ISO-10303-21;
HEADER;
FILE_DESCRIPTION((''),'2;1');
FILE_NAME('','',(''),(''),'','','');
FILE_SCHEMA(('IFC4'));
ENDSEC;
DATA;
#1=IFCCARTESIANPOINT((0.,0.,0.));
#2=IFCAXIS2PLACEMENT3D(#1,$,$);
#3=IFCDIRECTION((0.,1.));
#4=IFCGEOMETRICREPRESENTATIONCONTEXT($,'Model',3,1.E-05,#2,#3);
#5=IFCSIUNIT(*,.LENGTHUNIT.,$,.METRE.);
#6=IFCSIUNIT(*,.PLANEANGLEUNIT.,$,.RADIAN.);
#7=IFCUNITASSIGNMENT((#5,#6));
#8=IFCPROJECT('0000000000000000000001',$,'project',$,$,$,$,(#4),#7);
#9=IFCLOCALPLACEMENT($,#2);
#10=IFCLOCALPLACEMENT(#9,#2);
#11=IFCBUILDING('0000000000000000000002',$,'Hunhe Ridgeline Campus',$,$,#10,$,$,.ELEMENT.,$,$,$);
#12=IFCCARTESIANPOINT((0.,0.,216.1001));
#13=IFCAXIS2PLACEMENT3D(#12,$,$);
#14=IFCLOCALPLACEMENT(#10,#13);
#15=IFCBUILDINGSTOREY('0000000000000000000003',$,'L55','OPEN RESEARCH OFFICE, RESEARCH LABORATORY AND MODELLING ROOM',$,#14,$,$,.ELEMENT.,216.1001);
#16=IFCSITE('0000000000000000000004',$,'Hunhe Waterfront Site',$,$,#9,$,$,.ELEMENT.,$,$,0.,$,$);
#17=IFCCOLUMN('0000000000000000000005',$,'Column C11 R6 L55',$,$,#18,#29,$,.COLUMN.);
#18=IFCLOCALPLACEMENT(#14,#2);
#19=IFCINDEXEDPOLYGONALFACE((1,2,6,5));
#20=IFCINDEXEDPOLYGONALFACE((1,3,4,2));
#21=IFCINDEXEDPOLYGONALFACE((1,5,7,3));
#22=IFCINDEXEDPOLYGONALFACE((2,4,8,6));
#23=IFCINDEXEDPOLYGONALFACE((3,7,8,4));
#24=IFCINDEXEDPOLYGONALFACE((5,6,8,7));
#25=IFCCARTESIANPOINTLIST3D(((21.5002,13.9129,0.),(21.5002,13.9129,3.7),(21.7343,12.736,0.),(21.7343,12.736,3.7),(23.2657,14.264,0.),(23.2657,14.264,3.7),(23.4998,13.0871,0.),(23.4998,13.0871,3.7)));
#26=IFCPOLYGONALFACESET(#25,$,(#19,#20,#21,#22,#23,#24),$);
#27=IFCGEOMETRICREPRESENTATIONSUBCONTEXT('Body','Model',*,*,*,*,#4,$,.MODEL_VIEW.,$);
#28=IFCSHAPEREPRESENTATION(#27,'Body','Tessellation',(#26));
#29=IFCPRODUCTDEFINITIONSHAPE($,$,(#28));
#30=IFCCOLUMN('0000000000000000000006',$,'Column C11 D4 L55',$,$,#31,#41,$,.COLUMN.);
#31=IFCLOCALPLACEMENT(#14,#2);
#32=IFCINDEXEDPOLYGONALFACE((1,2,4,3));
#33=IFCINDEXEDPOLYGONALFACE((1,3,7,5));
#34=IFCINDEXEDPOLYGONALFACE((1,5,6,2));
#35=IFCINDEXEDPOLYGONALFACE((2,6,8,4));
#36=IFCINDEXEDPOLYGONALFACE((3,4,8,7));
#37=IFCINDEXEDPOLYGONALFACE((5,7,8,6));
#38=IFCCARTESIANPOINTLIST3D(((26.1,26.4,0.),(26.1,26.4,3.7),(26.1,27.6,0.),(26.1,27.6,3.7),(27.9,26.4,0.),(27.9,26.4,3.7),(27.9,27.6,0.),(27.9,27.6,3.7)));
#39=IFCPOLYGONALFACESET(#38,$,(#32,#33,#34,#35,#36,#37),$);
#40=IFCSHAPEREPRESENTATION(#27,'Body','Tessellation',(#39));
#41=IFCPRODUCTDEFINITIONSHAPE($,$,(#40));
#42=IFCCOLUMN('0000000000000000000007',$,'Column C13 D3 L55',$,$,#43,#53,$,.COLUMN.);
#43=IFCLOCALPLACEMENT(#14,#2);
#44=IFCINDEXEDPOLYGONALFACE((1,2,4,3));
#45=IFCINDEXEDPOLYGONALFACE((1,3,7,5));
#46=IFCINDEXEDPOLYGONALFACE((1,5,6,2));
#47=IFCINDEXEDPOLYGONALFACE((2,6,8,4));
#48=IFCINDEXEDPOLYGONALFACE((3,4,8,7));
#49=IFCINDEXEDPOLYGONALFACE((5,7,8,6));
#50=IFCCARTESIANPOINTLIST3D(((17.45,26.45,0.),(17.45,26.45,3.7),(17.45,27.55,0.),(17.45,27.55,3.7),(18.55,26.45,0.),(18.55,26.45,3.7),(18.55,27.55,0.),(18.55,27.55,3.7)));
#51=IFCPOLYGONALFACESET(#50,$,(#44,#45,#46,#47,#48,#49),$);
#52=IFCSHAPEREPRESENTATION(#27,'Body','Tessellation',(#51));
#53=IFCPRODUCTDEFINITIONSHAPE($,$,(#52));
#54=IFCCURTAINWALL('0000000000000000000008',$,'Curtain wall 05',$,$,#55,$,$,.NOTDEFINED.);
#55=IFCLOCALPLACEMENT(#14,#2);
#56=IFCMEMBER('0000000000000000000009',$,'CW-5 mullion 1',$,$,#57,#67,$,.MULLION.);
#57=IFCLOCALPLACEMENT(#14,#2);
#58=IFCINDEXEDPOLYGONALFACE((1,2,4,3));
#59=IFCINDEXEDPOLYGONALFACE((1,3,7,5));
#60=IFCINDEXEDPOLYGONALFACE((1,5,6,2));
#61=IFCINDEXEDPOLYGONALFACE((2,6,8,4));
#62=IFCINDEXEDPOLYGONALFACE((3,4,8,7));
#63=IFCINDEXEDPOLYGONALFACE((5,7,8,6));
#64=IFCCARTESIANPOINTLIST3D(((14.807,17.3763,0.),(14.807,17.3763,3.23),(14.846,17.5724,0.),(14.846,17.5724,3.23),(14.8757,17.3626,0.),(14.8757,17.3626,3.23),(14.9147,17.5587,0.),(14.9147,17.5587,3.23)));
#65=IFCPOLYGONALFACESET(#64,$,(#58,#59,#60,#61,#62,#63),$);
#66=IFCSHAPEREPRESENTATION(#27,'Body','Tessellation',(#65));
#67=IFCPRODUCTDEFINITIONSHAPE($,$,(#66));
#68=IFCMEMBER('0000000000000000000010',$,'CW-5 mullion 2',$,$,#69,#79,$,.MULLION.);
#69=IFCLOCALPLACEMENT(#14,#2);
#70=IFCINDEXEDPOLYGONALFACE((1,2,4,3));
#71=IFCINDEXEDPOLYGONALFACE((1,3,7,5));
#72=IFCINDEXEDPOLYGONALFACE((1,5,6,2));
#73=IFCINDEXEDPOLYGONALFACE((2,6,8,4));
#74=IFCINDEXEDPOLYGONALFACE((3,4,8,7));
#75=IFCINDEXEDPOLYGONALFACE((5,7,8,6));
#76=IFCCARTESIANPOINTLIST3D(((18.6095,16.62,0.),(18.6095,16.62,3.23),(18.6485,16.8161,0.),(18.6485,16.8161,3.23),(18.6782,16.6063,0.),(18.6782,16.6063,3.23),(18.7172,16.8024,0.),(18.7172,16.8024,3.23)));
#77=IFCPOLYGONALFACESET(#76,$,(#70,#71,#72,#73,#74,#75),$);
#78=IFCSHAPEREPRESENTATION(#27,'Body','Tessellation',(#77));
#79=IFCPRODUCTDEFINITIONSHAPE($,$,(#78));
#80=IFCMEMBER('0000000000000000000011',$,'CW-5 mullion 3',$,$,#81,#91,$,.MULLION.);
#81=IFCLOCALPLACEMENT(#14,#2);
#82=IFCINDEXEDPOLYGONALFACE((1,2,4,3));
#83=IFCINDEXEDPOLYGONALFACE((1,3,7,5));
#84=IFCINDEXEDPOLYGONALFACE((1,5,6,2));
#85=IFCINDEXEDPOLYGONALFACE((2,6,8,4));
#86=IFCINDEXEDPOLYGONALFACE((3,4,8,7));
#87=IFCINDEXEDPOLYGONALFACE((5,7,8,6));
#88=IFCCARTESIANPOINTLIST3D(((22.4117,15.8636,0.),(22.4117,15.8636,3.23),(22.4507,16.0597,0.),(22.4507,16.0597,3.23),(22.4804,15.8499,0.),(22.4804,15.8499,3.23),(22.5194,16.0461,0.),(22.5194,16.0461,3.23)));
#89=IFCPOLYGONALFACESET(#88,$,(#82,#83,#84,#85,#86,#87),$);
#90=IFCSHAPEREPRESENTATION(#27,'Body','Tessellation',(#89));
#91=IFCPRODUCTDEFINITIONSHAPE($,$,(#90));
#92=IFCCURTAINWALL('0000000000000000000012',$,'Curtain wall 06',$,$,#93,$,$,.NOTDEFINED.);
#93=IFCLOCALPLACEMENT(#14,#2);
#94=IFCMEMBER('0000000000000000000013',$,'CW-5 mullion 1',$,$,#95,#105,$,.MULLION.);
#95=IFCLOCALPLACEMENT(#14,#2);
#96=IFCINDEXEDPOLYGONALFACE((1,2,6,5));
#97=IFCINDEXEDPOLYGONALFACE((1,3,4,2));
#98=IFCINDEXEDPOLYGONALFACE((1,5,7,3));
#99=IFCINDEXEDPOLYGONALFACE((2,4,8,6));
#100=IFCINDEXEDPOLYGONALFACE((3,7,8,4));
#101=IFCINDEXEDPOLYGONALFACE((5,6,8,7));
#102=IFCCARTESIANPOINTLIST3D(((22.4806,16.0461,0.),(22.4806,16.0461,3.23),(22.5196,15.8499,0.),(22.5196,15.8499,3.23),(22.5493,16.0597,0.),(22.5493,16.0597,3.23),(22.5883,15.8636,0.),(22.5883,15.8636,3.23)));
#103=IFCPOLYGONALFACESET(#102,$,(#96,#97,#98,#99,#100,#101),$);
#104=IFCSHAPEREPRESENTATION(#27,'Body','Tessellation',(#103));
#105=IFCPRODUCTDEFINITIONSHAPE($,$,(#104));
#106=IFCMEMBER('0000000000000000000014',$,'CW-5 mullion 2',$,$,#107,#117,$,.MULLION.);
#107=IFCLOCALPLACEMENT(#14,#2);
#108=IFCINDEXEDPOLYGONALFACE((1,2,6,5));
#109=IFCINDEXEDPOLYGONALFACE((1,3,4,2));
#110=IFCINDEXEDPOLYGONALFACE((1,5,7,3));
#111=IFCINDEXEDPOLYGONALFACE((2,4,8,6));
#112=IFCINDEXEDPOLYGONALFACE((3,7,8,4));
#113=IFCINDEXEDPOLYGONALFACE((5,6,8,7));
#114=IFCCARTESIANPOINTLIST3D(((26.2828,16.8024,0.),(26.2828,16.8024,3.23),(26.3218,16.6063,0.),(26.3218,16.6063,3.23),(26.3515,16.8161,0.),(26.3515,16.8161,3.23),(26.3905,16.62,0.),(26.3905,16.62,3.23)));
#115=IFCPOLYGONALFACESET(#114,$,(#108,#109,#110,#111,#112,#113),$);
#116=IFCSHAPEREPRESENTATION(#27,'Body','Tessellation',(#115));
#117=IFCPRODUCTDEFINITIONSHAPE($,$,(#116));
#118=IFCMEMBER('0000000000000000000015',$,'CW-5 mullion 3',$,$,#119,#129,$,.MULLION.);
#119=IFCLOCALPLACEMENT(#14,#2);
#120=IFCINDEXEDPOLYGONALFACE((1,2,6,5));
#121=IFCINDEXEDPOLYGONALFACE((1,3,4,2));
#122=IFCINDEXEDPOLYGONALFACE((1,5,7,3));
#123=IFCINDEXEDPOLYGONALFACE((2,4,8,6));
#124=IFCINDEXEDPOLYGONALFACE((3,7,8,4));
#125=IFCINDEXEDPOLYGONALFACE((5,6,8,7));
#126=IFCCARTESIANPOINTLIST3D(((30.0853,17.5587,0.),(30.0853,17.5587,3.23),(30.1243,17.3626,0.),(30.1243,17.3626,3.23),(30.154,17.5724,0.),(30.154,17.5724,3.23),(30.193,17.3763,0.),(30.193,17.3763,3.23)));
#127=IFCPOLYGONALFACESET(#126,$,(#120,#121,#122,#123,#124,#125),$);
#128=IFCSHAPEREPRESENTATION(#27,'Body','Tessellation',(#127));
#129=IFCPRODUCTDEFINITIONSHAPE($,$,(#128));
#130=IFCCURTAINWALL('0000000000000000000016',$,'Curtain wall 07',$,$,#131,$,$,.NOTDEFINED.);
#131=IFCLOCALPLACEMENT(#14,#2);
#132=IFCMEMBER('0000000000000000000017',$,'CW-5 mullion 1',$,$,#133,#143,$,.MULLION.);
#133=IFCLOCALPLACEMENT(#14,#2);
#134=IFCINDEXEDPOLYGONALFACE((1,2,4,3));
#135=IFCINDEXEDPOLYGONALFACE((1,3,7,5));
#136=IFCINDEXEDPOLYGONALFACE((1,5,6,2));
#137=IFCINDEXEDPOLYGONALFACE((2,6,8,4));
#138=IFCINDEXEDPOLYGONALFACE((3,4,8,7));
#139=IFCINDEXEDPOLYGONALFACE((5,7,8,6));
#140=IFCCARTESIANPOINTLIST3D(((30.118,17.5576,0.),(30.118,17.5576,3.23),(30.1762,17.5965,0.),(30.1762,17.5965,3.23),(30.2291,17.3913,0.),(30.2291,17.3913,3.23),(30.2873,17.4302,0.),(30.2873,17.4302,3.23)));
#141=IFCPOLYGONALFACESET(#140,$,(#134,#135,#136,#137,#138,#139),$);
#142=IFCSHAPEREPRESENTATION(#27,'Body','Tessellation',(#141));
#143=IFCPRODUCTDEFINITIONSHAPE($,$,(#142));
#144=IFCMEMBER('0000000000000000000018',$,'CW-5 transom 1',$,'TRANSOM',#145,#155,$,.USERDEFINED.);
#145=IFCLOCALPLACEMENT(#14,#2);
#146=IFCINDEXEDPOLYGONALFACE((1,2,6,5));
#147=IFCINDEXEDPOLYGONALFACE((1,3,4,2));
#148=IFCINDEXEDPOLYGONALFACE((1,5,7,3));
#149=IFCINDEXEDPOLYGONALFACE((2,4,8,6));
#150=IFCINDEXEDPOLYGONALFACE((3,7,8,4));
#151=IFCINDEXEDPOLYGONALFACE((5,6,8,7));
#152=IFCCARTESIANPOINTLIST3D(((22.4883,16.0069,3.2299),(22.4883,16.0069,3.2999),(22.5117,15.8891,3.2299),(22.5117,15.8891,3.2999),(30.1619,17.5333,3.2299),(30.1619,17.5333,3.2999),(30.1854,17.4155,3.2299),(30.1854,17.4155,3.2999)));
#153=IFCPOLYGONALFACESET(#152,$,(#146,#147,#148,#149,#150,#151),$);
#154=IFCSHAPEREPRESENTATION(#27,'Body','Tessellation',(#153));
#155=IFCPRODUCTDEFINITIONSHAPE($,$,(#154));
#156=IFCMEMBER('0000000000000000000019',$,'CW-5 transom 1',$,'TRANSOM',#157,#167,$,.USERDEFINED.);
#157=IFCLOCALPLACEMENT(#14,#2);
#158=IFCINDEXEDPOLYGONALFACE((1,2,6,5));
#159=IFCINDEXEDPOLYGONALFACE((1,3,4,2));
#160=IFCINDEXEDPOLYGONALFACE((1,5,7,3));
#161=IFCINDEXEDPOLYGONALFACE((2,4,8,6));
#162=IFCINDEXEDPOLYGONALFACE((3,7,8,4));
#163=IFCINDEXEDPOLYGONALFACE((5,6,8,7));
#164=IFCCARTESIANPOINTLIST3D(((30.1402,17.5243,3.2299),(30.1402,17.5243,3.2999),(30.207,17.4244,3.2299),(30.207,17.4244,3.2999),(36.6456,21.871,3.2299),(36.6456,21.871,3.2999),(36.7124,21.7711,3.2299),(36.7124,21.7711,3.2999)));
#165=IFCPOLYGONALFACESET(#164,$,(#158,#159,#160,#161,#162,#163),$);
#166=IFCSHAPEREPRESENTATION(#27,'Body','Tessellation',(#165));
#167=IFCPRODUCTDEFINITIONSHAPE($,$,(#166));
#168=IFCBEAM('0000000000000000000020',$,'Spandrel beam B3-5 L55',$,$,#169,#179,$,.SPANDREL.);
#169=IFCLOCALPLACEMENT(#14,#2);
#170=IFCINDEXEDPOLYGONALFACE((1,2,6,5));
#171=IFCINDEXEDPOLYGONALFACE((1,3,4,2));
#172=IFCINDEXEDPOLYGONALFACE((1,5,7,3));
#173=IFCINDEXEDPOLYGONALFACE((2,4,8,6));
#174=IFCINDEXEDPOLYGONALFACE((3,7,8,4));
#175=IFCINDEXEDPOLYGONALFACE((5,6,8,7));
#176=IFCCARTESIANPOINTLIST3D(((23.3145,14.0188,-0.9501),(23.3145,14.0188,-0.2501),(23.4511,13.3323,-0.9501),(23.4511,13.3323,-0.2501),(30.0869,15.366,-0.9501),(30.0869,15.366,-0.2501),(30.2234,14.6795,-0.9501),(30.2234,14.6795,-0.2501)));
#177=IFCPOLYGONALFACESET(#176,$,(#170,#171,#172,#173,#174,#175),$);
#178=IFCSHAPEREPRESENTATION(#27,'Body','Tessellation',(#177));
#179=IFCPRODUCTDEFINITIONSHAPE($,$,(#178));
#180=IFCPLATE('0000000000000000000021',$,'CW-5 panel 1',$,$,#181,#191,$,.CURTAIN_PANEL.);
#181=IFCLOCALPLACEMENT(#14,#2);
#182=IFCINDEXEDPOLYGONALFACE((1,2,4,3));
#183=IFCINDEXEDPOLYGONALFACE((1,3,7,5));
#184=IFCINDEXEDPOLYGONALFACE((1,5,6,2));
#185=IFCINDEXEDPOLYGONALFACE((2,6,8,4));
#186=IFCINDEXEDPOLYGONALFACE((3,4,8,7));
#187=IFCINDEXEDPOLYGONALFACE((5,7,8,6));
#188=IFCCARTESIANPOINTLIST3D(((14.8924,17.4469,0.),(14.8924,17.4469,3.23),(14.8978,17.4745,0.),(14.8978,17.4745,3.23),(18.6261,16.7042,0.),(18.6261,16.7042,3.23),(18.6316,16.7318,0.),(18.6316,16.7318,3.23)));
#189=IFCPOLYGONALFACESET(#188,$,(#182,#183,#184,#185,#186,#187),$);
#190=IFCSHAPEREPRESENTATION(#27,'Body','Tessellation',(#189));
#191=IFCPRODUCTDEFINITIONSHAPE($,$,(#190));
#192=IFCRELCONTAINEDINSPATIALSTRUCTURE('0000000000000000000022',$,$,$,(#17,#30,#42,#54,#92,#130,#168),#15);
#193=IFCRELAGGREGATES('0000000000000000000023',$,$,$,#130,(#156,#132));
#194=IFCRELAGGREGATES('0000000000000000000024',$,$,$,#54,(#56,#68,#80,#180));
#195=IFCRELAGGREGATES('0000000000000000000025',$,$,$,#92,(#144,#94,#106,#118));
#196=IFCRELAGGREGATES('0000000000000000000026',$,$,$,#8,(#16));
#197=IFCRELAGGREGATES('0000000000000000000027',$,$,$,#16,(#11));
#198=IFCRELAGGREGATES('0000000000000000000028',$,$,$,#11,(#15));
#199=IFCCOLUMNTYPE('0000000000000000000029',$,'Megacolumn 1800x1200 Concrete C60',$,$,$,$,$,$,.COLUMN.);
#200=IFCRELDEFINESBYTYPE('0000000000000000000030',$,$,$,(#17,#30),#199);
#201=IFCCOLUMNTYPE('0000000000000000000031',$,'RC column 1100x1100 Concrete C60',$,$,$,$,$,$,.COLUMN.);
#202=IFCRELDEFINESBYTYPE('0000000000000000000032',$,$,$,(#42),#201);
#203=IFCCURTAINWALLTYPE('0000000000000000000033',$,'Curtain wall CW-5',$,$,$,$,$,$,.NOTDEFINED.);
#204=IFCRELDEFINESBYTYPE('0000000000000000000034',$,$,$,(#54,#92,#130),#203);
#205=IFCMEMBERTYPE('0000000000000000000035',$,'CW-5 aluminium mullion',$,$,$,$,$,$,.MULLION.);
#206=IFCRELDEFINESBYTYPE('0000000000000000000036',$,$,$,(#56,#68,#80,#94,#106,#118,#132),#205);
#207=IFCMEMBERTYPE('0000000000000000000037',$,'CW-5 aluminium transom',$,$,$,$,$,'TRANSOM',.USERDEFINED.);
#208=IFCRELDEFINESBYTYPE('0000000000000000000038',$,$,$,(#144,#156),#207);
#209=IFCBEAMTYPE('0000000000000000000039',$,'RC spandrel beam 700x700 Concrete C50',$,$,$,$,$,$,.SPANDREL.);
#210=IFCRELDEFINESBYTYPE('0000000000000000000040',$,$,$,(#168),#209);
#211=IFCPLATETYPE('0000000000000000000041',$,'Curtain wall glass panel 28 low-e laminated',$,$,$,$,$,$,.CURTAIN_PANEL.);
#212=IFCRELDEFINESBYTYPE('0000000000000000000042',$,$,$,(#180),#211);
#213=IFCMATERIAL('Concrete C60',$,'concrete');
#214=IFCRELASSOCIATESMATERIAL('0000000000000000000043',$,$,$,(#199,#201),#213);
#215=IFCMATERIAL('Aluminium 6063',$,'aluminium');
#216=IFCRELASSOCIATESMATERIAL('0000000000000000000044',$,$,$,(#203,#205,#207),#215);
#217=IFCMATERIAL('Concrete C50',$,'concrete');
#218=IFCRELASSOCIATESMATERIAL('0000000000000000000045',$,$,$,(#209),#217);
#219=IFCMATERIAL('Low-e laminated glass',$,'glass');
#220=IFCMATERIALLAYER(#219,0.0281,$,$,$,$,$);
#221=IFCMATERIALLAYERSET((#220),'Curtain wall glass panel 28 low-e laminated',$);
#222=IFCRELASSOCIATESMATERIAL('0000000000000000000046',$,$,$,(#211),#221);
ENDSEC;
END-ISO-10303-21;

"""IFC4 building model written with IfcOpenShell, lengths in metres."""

from ifc_helpers import new_model, si_unit, direction, frame, origin, origin_2d, place, context, subcontext, project, spatial, rectangle, extrude, material, layer, layer_set, material_profile, profile_set, type_object, element, aggregate, save


model = new_model("IFC4")

# Units and contexts
model_context = context("Model", 3, precision=1e-05, world=origin(), true_north=direction((0.0, 1.0)))
body_context = subcontext(model_context, "Body", "Model", "MODEL_VIEW")
ifc_project = project(units=[si_unit("LENGTHUNIT", "METRE"), si_unit("PLANEANGLEUNIT", "RADIAN")], contexts=[model_context])

# Site, building, storey
site_placement = place(None, origin())
site = spatial("IfcSite", under=ifc_project, at=site_placement, Name="Hunhe Waterfront Site", CompositionType="ELEMENT", RefElevation=0.0)
building_placement = place(site_placement, origin())
building = spatial("IfcBuilding", under=site, at=building_placement, Name="Hunhe Ridgeline Campus", CompositionType="ELEMENT")
storey_placement = place(building_placement, frame((0.0, 0.0, 216.1001)))
storey = spatial("IfcBuildingStorey", under=building, at=storey_placement, Name="L55", Description="OPEN RESEARCH OFFICE, RESEARCH LABORATORY AND MODELLING ROOM", CompositionType="ELEMENT", Elevation=216.1001)

# Columns
ifc_material_1 = material(Name="Concrete C60", Category="concrete")
ifc_material_profile_1 = material_profile(ifc_material_1, rectangle(XDim=1.8, YDim=1.2, at=origin_2d()))
ifc_profile_set_1 = profile_set([ifc_material_profile_1], Name="Concrete C60")
column_type_1 = type_object("IfcColumnType", Name="Megacolumn 1800x1200 Concrete C60", PredefinedType="COLUMN", material=ifc_profile_set_1)
for number, where, z_axis, x_axis, name in (
    (1, (22.5, 13.5, 0.0), (0.0, 0.0, 1.0), (0.980785, 0.19509, 0.0), "Column C11 R6 L55"),
    (2, (27.0, 27.0, 0.0), (0.0, 0.0, 1.0), (1.0, 0.0, 0.0), "Column C11 D4 L55"),
):
    element("IfcColumn", number, at=place(storey_placement, frame(where, z_axis=z_axis, x_axis=x_axis)), inside=storey, type_object=column_type_1, Name=name, PredefinedType="COLUMN", context=body_context, shape_type="SweptSolid", body=[
        extrude(rectangle(XDim=1.8, YDim=1.2, at=origin_2d()), origin(), (0.0, 0.0, 1.0), 3.7),
    ])
ifc_material_profile_2 = material_profile(ifc_material_1, rectangle(XDim=1.1001, YDim=1.1001, at=origin_2d()))
ifc_profile_set_2 = profile_set([ifc_material_profile_2], Name="Concrete C60")
column_type_2 = type_object("IfcColumnType", Name="RC column 1100x1100 Concrete C60", PredefinedType="COLUMN", material=ifc_profile_set_2)
column_placement = place(storey_placement, frame((18.0, 27.0, 0.0), z_axis=(0.0, 0.0, 1.0), x_axis=(1.0, 0.0, 0.0)))
element("IfcColumn", 3, at=column_placement, inside=storey, type_object=column_type_2, Name="Column C13 D3 L55", PredefinedType="COLUMN", context=body_context, shape_type="SweptSolid", body=[
    extrude(rectangle(XDim=1.1001, YDim=1.1001, at=origin_2d()), origin(), (0.0, 0.0, 1.0), 3.7),
])

# Curtain walls, members
ifc_material_2 = material(Name="Aluminium 6063", Category="aluminium")
curtain_wall_type = type_object("IfcCurtainWallType", Name="Curtain wall CW-5", PredefinedType="NOTDEFINED", material=ifc_material_2)
curtain_wall_1_placement = place(storey_placement, origin())
curtain_wall_1 = element("IfcCurtainWall", 4, at=curtain_wall_1_placement, inside=storey, type_object=curtain_wall_type, Name="Curtain wall 05", PredefinedType="NOTDEFINED")
ifc_material_profile_3 = material_profile(ifc_material_2, rectangle(XDim=0.2, YDim=0.0701, at=origin_2d()))
ifc_profile_set_3 = profile_set([ifc_material_profile_3], Name="Aluminium 6063")
member_type_1 = type_object("IfcMemberType", Name="CW-5 aluminium mullion", PredefinedType="MULLION", material=ifc_profile_set_3)
member_1_placement = place(storey_placement, frame((14.8608, 17.4675, 0.0), z_axis=(0.0, 0.0, 1.0), x_axis=(0.19509, 0.980785, 0.0)))
member_1 = element("IfcMember", 5, at=member_1_placement, type_object=member_type_1, Name="CW-5 mullion 1", PredefinedType="MULLION", context=body_context, shape_type="SweptSolid", body=[
    extrude(rectangle(XDim=0.2, YDim=0.0701, at=origin_2d()), origin(), (0.0, 0.0, 1.0), 3.23),
])
member_2_placement = place(storey_placement, frame((18.6633, 16.7112, 0.0), z_axis=(0.0, 0.0, 1.0), x_axis=(0.19509, 0.980785, 0.0)))
member_2 = element("IfcMember", 6, at=member_2_placement, type_object=member_type_1, Name="CW-5 mullion 2", PredefinedType="MULLION", context=body_context, shape_type="SweptSolid", body=[
    extrude(rectangle(XDim=0.2, YDim=0.0701, at=origin_2d()), origin(), (0.0, 0.0, 1.0), 3.23),
])
member_3_placement = place(storey_placement, frame((22.4656, 15.9548, 0.0), z_axis=(0.0, 0.0, 1.0), x_axis=(0.19509, 0.980785, 0.0)))
member_3 = element("IfcMember", 7, at=member_3_placement, type_object=member_type_1, Name="CW-5 mullion 3", PredefinedType="MULLION", context=body_context, shape_type="SweptSolid", body=[
    extrude(rectangle(XDim=0.2, YDim=0.0701, at=origin_2d()), origin(), (0.0, 0.0, 1.0), 3.23),
])
curtain_wall_2_placement = place(storey_placement, origin())
curtain_wall_2 = element("IfcCurtainWall", 8, at=curtain_wall_2_placement, inside=storey, type_object=curtain_wall_type, Name="Curtain wall 06", PredefinedType="NOTDEFINED")
member_4_placement = place(storey_placement, frame((22.5344, 15.9548, 0.0), z_axis=(0.0, 0.0, 1.0), x_axis=(-0.19509, 0.980785, 0.0)))
member_4 = element("IfcMember", 9, at=member_4_placement, type_object=member_type_1, Name="CW-5 mullion 1", PredefinedType="MULLION", context=body_context, shape_type="SweptSolid", body=[
    extrude(rectangle(XDim=0.2, YDim=0.0701, at=origin_2d()), origin(), (0.0, 0.0, 1.0), 3.23),
])
member_5_placement = place(storey_placement, frame((26.3367, 16.7112, 0.0), z_axis=(0.0, 0.0, 1.0), x_axis=(-0.19509, 0.980785, 0.0)))
member_5 = element("IfcMember", 10, at=member_5_placement, type_object=member_type_1, Name="CW-5 mullion 2", PredefinedType="MULLION", context=body_context, shape_type="SweptSolid", body=[
    extrude(rectangle(XDim=0.2, YDim=0.0701, at=origin_2d()), origin(), (0.0, 0.0, 1.0), 3.23),
])
member_6_placement = place(storey_placement, frame((30.1392, 17.4675, 0.0), z_axis=(0.0, 0.0, 1.0), x_axis=(-0.19509, 0.980785, 0.0)))
member_6 = element("IfcMember", 11, at=member_6_placement, type_object=member_type_1, Name="CW-5 mullion 3", PredefinedType="MULLION", context=body_context, shape_type="SweptSolid", body=[
    extrude(rectangle(XDim=0.2, YDim=0.0701, at=origin_2d()), origin(), (0.0, 0.0, 1.0), 3.23),
])

# Curtain wall, member
curtain_wall_3_placement = place(storey_placement, origin())
curtain_wall_3 = element("IfcCurtainWall", 12, at=curtain_wall_3_placement, inside=storey, type_object=curtain_wall_type, Name="Curtain wall 07", PredefinedType="NOTDEFINED")
member_7_placement = place(storey_placement, frame((30.2026, 17.4939, 0.0), z_axis=(0.0, 0.0, 1.0), x_axis=(-0.55557, 0.83147, 0.0)))
member_7 = element("IfcMember", 13, at=member_7_placement, type_object=member_type_1, Name="CW-5 mullion 1", PredefinedType="MULLION", context=body_context, shape_type="SweptSolid", body=[
    extrude(rectangle(XDim=0.2, YDim=0.0701, at=origin_2d()), origin(), (0.0, 0.0, 1.0), 3.23),
])

# Members
ifc_material_profile_4 = material_profile(ifc_material_2, rectangle(XDim=0.1201, YDim=0.0701, at=origin_2d()))
ifc_profile_set_4 = profile_set([ifc_material_profile_4], Name="Aluminium 6063")
member_type_2 = type_object("IfcMemberType", Name="CW-5 aluminium transom", ElementType="TRANSOM", PredefinedType="USERDEFINED", material=ifc_profile_set_4)
member_8_placement = place(storey_placement, frame((22.5, 15.948, 3.2649), z_axis=(0.980785, 0.19509, 0.0), x_axis=(-0.19509, 0.980785, 0.0)))
member_8 = element("IfcMember", 14, at=member_8_placement, type_object=member_type_2, Name="CW-5 transom 1", ObjectType="TRANSOM", PredefinedType="USERDEFINED", context=body_context, shape_type="SweptSolid", body=[
    extrude(rectangle(XDim=0.1201, YDim=0.0701, at=origin_2d()), origin(), (0.0, 0.0, 1.0), 7.824),
])
member_9_placement = place(storey_placement, frame((30.1736, 17.4744, 3.2649), z_axis=(0.831474, 0.555564, 0.0), x_axis=(-0.555564, 0.831474, 0.0)))
member_9 = element("IfcMember", 15, at=member_9_placement, type_object=member_type_2, Name="CW-5 transom 1", ObjectType="TRANSOM", PredefinedType="USERDEFINED", context=body_context, shape_type="SweptSolid", body=[
    extrude(rectangle(XDim=0.1201, YDim=0.0701, at=origin_2d()), origin(), (0.0, 0.0, 1.0), 7.824),
])
aggregate(curtain_wall_3, [member_9, member_7])

# Beam
ifc_material_3 = material(Name="Concrete C50", Category="concrete")
ifc_material_profile_5 = material_profile(ifc_material_3, rectangle(XDim=0.7, YDim=0.7, at=origin_2d()))
ifc_profile_set_5 = profile_set([ifc_material_profile_5], Name="Concrete C50")
beam_type = type_object("IfcBeamType", Name="RC spandrel beam 700x700 Concrete C50", PredefinedType="SPANDREL", material=ifc_profile_set_5)
beam_placement = place(storey_placement, frame((23.3828, 13.6755, -0.6001), z_axis=(0.980783, 0.195103, 0.0), x_axis=(-0.195103, 0.980783, 0.0)))
element("IfcBeam", 16, at=beam_placement, inside=storey, type_object=beam_type, Name="Spandrel beam B3-5 L55", PredefinedType="SPANDREL", context=body_context, shape_type="SweptSolid", body=[
    extrude(rectangle(XDim=0.7, YDim=0.7, at=origin_2d()), origin(), (0.0, 0.0, 1.0), 6.905),
])

# Plate
ifc_material_4 = material(Name="Low-e laminated glass", Category="glass")
ifc_layer_1 = layer(ifc_material_4, 0.0281)
ifc_layer_set_1 = layer_set([ifc_layer_1], Name="Curtain wall glass panel 28 low-e laminated")
plate_type = type_object("IfcPlateType", Name="Curtain wall glass panel 28 low-e laminated", PredefinedType="CURTAIN_PANEL", material=ifc_layer_set_1)
plate_1_placement = place(storey_placement, frame((16.762, 17.0894, 0.0), z_axis=(0.0, 0.0, 1.0), x_axis=(0.980785, -0.19509, 0.0)))
plate_1 = element("IfcPlate", 17, at=plate_1_placement, type_object=plate_type, Name="CW-5 panel 1", PredefinedType="CURTAIN_PANEL", context=body_context, shape_type="SweptSolid", body=[
    extrude(rectangle(XDim=3.8069, YDim=0.0281, at=origin_2d()), origin(), (0.0, 0.0, 1.0), 3.23),
])
aggregate(curtain_wall_1, [member_1, member_2, member_3, plate_1])
aggregate(curtain_wall_2, [member_8, member_4, member_5, member_6])

save(model, "model.ifc")
